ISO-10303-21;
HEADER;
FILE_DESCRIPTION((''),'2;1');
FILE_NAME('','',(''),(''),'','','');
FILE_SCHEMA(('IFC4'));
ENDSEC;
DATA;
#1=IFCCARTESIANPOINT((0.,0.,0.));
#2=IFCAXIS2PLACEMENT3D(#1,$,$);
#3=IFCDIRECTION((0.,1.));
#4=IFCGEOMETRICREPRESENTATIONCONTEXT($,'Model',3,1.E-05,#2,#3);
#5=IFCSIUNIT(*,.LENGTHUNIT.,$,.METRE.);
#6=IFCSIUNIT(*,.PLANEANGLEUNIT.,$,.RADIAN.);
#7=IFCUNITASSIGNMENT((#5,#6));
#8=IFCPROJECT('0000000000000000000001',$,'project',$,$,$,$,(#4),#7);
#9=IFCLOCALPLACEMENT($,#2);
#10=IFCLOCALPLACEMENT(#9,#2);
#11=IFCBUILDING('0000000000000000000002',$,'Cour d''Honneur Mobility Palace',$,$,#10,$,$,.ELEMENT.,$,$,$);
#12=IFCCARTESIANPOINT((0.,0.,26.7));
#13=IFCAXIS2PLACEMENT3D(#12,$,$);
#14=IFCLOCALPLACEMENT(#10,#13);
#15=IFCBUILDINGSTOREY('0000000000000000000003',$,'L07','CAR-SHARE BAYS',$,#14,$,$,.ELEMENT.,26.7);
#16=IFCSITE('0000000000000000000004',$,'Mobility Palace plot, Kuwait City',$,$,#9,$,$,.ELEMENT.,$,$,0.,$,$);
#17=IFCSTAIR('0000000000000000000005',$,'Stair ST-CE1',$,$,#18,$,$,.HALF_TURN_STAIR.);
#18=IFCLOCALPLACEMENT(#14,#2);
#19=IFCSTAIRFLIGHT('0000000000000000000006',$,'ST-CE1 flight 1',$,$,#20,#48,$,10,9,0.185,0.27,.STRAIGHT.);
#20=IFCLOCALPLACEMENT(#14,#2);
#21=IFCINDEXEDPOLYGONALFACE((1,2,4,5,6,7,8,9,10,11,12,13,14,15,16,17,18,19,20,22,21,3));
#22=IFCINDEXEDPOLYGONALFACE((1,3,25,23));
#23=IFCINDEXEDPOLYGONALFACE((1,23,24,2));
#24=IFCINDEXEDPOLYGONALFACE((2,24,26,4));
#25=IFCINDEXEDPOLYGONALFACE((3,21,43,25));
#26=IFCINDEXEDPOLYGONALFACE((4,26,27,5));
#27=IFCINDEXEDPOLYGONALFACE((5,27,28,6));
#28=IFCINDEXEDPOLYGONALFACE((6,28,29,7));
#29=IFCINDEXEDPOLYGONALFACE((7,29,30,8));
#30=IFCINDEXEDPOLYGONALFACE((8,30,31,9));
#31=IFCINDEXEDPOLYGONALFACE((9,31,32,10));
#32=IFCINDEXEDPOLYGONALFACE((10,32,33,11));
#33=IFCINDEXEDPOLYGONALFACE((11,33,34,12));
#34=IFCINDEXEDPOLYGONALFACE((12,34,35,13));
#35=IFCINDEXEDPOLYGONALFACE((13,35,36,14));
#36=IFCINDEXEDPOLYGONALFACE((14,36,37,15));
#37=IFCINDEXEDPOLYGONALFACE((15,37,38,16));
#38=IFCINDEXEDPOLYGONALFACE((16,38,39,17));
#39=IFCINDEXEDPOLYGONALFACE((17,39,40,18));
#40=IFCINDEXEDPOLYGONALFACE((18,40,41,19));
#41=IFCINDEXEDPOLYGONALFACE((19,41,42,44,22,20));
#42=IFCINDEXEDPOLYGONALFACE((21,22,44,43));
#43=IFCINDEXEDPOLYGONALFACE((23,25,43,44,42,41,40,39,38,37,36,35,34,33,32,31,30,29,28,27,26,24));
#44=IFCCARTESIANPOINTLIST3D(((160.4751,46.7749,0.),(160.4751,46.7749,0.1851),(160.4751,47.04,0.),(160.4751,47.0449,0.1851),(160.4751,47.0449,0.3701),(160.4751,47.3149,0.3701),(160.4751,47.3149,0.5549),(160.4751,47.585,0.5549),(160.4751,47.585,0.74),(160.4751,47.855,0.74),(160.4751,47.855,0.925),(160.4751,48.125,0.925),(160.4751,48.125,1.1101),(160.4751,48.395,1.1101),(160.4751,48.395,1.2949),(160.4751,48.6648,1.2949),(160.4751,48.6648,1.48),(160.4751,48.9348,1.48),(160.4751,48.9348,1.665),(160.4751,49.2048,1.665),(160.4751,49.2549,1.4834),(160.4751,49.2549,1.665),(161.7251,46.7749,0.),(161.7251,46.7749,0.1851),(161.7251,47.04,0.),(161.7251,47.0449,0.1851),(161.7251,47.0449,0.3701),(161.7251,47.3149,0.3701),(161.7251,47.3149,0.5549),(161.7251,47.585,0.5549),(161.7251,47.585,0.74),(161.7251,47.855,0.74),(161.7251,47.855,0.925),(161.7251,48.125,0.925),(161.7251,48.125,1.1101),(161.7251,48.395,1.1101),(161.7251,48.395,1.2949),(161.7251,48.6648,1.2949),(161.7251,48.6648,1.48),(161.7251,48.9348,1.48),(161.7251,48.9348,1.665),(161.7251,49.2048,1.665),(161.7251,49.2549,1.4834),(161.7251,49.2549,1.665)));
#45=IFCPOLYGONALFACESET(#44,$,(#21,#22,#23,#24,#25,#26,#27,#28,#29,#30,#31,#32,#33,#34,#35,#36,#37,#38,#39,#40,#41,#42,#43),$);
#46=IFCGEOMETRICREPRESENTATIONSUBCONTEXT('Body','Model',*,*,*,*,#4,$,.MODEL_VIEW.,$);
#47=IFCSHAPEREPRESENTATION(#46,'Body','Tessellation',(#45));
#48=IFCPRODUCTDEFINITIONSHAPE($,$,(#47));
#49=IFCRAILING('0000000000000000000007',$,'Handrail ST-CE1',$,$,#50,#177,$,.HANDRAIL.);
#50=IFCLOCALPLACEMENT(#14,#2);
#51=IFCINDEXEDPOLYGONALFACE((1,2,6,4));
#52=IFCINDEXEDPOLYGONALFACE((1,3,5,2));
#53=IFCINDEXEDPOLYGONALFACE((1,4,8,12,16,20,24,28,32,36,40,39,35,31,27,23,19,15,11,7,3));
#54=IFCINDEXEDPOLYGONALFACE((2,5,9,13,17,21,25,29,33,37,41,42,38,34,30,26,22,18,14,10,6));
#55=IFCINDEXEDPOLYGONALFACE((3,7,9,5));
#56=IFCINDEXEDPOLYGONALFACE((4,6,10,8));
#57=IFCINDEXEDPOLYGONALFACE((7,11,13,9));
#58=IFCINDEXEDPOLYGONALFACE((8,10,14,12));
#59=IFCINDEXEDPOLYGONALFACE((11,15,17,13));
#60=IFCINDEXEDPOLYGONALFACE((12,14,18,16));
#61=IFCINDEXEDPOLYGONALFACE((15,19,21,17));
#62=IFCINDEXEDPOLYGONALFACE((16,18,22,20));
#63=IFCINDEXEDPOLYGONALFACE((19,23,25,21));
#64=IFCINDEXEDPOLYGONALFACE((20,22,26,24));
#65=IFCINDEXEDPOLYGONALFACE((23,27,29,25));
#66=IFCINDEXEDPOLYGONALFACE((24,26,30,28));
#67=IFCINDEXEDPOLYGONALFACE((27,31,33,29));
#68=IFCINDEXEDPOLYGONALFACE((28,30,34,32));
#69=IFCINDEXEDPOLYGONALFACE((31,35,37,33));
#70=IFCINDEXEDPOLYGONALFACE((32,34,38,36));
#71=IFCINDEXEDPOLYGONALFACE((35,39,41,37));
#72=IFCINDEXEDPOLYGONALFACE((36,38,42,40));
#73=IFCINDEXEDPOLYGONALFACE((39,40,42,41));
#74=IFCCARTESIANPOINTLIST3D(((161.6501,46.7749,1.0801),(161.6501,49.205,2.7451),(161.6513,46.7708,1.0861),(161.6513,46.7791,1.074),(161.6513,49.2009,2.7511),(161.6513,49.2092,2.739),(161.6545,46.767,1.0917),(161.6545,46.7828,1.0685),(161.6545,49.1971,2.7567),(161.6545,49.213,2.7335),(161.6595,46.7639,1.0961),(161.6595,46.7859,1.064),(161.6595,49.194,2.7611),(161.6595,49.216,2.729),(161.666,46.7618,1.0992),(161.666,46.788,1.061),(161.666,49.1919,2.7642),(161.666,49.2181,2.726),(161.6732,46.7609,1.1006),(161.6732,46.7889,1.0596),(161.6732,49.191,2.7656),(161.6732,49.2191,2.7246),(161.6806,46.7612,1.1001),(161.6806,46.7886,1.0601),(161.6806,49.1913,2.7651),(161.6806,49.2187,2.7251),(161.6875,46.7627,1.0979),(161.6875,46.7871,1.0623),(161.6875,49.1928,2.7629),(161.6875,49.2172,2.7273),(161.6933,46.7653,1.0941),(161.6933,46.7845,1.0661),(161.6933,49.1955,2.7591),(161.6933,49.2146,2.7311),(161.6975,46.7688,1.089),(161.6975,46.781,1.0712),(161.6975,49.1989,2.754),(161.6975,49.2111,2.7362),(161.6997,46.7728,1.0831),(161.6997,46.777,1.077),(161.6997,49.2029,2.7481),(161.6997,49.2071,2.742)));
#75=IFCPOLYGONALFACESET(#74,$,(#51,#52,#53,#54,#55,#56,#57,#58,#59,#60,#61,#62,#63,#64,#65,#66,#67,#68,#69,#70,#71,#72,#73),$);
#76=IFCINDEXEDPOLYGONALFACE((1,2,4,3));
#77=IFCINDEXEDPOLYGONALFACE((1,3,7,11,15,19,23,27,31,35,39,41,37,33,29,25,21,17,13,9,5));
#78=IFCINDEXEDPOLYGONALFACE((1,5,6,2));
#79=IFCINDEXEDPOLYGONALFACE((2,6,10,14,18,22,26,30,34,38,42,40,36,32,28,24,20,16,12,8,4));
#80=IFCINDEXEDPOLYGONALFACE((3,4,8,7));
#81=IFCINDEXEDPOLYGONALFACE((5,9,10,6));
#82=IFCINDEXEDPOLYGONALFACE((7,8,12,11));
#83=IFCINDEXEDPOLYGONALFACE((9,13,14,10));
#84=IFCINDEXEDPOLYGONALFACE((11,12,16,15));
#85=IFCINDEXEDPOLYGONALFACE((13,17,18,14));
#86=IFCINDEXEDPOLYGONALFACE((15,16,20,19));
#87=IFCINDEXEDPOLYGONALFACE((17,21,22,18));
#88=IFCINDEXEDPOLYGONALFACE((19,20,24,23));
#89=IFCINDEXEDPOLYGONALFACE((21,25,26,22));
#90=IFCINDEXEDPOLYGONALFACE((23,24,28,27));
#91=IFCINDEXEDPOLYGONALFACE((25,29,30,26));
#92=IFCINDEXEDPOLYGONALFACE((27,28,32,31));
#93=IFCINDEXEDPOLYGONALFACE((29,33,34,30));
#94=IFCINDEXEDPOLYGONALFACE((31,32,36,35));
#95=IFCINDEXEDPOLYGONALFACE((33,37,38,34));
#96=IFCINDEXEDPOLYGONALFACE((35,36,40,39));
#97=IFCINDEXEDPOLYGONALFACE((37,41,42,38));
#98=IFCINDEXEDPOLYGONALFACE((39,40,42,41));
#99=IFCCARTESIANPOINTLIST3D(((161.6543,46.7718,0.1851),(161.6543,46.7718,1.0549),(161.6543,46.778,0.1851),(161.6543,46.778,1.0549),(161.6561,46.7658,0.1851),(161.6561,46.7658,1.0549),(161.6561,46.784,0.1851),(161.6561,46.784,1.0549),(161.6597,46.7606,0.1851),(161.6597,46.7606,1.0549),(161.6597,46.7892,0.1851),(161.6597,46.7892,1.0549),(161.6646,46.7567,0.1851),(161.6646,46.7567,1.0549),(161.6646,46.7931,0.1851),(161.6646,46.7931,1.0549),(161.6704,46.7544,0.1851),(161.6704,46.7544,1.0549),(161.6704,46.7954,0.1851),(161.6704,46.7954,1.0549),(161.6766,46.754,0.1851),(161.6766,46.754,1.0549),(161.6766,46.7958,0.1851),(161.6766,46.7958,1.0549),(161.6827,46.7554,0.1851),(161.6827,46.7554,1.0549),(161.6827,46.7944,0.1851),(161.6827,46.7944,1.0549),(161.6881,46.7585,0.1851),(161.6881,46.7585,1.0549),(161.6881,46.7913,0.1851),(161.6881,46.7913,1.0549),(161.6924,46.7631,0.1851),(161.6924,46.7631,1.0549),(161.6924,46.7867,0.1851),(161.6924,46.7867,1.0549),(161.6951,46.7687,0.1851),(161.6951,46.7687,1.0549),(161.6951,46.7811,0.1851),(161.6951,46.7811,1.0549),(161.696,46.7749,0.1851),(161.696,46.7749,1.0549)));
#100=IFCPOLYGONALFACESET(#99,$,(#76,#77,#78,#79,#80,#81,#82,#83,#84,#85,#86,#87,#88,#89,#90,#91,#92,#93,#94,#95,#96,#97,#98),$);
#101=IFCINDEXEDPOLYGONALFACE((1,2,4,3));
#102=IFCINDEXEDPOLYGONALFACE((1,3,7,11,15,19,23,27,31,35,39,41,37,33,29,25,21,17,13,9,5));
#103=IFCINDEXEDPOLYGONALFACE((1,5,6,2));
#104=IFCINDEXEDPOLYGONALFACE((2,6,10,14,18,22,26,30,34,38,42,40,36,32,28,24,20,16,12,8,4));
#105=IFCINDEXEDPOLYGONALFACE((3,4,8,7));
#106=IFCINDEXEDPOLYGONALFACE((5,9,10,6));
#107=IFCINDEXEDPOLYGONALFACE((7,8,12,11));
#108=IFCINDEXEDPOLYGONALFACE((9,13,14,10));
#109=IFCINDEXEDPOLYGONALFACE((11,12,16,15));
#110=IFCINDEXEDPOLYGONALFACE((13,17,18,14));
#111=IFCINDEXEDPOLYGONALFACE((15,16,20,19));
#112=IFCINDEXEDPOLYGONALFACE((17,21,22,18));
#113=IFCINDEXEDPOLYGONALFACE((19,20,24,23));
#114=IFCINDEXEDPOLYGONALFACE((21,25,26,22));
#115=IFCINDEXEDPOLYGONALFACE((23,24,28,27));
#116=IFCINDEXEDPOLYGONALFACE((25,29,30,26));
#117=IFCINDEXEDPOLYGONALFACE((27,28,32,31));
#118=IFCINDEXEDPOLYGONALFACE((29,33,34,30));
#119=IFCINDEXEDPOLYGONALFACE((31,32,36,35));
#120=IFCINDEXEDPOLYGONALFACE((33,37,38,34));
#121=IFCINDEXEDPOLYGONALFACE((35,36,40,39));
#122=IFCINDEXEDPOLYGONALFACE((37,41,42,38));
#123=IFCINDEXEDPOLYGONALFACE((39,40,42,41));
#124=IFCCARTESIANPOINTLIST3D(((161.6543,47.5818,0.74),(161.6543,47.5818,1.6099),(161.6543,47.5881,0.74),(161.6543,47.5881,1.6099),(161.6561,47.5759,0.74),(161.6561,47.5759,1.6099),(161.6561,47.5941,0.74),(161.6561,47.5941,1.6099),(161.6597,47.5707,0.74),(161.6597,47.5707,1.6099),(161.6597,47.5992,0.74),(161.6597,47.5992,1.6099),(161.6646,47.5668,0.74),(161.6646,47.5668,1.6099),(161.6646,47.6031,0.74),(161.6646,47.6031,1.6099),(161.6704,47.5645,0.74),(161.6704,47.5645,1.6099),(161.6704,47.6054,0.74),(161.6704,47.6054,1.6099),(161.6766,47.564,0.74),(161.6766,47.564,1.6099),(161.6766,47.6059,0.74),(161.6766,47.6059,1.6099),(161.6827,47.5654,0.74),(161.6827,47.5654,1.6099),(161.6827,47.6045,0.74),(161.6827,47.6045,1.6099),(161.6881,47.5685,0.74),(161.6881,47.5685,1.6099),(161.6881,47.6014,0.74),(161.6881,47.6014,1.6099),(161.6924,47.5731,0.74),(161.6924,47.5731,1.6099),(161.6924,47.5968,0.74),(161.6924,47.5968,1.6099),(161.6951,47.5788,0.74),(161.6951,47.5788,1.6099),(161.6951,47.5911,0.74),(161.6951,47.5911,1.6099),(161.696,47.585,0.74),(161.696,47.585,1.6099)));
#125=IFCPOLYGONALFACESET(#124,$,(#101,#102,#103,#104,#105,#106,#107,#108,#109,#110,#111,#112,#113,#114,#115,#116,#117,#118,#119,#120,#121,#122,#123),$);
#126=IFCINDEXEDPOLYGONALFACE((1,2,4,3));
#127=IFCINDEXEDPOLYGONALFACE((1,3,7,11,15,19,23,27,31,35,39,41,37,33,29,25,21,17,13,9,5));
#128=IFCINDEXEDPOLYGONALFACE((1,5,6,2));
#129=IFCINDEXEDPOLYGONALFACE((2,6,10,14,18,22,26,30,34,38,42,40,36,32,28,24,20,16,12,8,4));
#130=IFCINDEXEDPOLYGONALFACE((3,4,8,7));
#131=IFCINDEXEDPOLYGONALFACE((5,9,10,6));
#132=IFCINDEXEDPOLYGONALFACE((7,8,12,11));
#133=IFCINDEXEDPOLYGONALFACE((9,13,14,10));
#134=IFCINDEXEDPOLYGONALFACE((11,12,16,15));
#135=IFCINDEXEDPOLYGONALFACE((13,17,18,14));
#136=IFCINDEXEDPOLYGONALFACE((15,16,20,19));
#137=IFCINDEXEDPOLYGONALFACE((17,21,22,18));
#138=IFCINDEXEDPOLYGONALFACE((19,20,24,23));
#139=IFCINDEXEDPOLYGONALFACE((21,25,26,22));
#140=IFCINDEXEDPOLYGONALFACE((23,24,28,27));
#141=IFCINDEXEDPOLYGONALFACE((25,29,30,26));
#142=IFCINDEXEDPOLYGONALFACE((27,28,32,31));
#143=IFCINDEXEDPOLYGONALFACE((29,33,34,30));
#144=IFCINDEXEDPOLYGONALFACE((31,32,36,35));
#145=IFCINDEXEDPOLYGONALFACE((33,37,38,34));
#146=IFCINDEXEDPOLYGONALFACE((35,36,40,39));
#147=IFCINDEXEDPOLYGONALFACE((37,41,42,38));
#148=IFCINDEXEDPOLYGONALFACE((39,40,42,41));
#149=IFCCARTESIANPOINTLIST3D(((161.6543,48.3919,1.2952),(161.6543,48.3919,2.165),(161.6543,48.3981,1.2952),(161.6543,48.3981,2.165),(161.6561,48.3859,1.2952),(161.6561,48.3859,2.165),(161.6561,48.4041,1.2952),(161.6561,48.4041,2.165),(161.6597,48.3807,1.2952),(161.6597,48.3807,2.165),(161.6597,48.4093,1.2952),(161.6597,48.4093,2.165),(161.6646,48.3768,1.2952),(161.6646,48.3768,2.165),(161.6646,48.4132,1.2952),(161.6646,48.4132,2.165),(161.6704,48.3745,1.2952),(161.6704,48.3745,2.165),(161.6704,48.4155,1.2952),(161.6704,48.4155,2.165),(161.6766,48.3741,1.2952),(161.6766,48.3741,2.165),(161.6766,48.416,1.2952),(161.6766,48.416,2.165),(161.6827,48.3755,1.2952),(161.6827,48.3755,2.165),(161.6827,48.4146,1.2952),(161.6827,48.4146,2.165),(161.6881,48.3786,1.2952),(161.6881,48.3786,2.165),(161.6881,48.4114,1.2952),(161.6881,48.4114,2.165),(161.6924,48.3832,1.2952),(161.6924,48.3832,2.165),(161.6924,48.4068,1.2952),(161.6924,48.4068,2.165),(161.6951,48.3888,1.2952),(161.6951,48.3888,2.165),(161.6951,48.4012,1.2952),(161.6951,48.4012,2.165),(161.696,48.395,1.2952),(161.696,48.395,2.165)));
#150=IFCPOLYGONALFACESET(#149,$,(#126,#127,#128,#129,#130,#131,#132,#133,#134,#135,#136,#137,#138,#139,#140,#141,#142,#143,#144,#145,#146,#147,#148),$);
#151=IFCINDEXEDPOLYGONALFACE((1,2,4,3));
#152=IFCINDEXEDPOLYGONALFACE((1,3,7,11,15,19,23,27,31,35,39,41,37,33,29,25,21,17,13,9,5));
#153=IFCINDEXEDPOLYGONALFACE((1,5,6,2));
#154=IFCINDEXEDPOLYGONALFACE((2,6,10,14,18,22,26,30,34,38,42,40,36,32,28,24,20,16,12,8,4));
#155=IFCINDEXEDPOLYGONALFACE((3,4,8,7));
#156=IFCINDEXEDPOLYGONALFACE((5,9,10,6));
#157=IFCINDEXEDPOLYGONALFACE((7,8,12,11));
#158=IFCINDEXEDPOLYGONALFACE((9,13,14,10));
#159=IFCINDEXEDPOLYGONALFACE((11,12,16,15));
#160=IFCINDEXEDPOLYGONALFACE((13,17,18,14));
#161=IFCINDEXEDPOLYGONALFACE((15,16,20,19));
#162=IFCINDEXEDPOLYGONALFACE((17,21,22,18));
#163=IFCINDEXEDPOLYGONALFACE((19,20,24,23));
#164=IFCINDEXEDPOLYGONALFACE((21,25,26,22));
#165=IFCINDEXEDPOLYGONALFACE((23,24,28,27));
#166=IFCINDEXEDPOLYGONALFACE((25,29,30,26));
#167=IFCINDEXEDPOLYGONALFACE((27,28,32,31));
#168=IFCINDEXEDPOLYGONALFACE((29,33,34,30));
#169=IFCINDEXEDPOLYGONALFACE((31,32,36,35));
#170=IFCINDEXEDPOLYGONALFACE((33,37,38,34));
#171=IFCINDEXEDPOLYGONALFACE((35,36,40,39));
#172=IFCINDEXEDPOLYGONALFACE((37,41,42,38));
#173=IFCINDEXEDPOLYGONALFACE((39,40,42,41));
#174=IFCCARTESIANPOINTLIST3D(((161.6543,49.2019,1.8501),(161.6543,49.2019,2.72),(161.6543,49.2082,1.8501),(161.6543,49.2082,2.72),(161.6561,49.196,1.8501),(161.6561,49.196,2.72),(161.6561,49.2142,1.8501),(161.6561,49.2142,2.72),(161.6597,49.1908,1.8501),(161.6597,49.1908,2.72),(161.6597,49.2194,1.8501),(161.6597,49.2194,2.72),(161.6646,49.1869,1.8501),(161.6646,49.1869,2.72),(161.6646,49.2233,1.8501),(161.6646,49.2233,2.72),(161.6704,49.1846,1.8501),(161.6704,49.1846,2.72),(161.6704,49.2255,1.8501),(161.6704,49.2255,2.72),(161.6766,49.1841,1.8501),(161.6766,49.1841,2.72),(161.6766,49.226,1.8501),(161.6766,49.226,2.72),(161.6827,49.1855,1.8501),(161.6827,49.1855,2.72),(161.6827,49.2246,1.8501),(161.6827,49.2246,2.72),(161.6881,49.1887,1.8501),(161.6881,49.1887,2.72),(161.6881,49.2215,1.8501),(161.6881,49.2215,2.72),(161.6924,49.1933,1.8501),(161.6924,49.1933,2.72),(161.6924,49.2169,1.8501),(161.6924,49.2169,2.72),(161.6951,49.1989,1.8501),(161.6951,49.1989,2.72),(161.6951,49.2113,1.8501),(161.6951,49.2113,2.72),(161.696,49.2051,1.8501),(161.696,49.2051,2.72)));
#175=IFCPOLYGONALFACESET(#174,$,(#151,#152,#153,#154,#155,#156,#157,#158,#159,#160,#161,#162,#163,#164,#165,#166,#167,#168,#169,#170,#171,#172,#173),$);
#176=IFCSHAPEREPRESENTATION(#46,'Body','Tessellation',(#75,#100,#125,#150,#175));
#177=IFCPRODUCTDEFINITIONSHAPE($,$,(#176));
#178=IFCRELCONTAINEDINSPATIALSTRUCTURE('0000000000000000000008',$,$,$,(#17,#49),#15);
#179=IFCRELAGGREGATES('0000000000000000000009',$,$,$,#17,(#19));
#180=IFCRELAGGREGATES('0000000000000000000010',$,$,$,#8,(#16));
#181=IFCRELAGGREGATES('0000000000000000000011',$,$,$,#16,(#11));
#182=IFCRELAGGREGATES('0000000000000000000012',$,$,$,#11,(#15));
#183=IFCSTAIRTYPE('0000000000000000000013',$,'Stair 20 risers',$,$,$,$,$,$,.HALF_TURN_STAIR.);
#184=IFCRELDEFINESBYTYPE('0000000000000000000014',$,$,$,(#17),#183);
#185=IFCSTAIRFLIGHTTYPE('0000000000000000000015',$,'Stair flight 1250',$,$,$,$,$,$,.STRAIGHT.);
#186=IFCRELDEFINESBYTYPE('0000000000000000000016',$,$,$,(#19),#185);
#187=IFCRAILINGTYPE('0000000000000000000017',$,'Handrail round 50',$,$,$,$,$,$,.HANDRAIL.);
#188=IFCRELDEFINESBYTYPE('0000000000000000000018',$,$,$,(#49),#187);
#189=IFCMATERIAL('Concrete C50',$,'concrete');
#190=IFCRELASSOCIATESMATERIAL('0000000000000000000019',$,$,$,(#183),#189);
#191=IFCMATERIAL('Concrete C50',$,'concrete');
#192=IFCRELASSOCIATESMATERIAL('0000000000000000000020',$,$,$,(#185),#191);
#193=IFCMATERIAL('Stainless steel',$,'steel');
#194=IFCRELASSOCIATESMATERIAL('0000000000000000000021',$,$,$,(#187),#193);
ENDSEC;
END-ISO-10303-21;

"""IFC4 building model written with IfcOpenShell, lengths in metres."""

from ifc_helpers import new_model, si_unit, direction, frame, origin, origin_2d, place, context, subcontext, project, spatial, polyline, circle, outline, extrude, material, type_object, element, aggregate, save


model = new_model("IFC4")

# Units and contexts
model_context = context("Model", 3, precision=1e-05, world=origin(), true_north=direction((0.0, 1.0)))
body_context = subcontext(model_context, "Body", "Model", "MODEL_VIEW")
ifc_project = project(units=[si_unit("LENGTHUNIT", "METRE"), si_unit("PLANEANGLEUNIT", "RADIAN")], contexts=[model_context])

# Site, building, storey
site_placement = place(None, origin())
site = spatial("IfcSite", under=ifc_project, at=site_placement, Name="Mobility Palace plot, Kuwait City", CompositionType="ELEMENT", RefElevation=0.0)
building_placement = place(site_placement, origin())
building = spatial("IfcBuilding", under=site, at=building_placement, Name="Cour d'Honneur Mobility Palace", CompositionType="ELEMENT")
storey_placement = place(building_placement, frame((0.0, 0.0, 26.7)))
storey = spatial("IfcBuildingStorey", under=building, at=storey_placement, Name="L07", Description="CAR-SHARE BAYS", CompositionType="ELEMENT", Elevation=26.7)

# Stair, stair flight
ifc_material_1 = material(Name="Concrete C50", Category="concrete")
stair_type = type_object("IfcStairType", Name="Stair 20 risers", PredefinedType="HALF_TURN_STAIR", material=ifc_material_1)
stair_placement = place(storey_placement, origin())
stair = element("IfcStair", 1, at=stair_placement, inside=storey, type_object=stair_type, Name="Stair ST-CE1", PredefinedType="HALF_TURN_STAIR")
ifc_material_2 = material(Name="Concrete C50", Category="concrete")
stair_flight_type = type_object("IfcStairFlightType", Name="Stair flight 1250", PredefinedType="STRAIGHT", material=ifc_material_2)
stair_flight_placement = place(storey_placement, frame((161.1001, 46.7749, 0.0), z_axis=(0.0, 0.0, 1.0), x_axis=(0.0, 1.0, 0.0)))
stair_flight = element("IfcStairFlight", 2, at=stair_flight_placement, type_object=stair_flight_type, Name="ST-CE1 flight 1", NumberOfRisers=10, NumberOfTreads=9, PredefinedType="STRAIGHT", RiserHeight=0.185, TreadLength=0.27, context=body_context, shape_type="SweptSolid", body=[
    extrude(outline(polyline([(0.0, 0.0), (0.0, 0.1851), (0.27, 0.1851), (0.27, 0.3701), (0.54, 0.3701), (0.54, 0.5549), (0.8101, 0.5549), (0.8101, 0.74), (1.0801, 0.74), (1.0801, 0.925), (1.3501, 0.925), (1.3501, 1.1101), (1.6201, 1.1101), (1.6201, 1.2949), (1.8899, 1.2949), (1.8899, 1.48), (2.1599, 1.48), (2.1599, 1.665), (2.4299, 1.665), (2.48, 1.665), (2.48, 1.4834), (0.2651, 0.0), (0.0, 0.0)])), frame((0.0, 0.625, 0.0), z_axis=(0.0, -1.0, 0.0), x_axis=(1.0, 0.0, 0.0)), (0.0, 0.0, 1.0), 1.25),
])
aggregate(stair, [stair_flight])

# Railing
ifc_material_3 = material(Name="Stainless steel", Category="steel")
railing_type = type_object("IfcRailingType", Name="Handrail round 50", PredefinedType="HANDRAIL", material=ifc_material_3)
railing_placement = place(storey_placement, frame((161.675, 46.7749, 0.1851)))
element("IfcRailing", 3, at=railing_placement, inside=storey, type_object=railing_type, Name="Handrail ST-CE1", PredefinedType="HANDRAIL", context=body_context, shape_type="SweptSolid", body=[
    extrude(circle(Radius=0.0249, at=origin_2d()), frame((0.0, 0.0, 0.895), z_axis=(0.0, 0.824945, 0.565213), x_axis=(-1.0, 0.0, 0.0)), (0.0, 0.0, 1.0), 2.9458),
    extrude(circle(Radius=0.021, at=origin_2d()), origin(), (0.0, 0.0, 1.0), 0.8699),
    extrude(circle(Radius=0.021, at=origin_2d()), frame((0.0, 0.8101, 0.5549)), (0.0, 0.0, 1.0), 0.8699),
    extrude(circle(Radius=0.021, at=origin_2d()), frame((0.0, 1.6201, 1.1101)), (0.0, 0.0, 1.0), 0.8699),
    extrude(circle(Radius=0.021, at=origin_2d()), frame((0.0, 2.4302, 1.665)), (0.0, 0.0, 1.0), 0.8699),
])

save(model, "model.ifc")
